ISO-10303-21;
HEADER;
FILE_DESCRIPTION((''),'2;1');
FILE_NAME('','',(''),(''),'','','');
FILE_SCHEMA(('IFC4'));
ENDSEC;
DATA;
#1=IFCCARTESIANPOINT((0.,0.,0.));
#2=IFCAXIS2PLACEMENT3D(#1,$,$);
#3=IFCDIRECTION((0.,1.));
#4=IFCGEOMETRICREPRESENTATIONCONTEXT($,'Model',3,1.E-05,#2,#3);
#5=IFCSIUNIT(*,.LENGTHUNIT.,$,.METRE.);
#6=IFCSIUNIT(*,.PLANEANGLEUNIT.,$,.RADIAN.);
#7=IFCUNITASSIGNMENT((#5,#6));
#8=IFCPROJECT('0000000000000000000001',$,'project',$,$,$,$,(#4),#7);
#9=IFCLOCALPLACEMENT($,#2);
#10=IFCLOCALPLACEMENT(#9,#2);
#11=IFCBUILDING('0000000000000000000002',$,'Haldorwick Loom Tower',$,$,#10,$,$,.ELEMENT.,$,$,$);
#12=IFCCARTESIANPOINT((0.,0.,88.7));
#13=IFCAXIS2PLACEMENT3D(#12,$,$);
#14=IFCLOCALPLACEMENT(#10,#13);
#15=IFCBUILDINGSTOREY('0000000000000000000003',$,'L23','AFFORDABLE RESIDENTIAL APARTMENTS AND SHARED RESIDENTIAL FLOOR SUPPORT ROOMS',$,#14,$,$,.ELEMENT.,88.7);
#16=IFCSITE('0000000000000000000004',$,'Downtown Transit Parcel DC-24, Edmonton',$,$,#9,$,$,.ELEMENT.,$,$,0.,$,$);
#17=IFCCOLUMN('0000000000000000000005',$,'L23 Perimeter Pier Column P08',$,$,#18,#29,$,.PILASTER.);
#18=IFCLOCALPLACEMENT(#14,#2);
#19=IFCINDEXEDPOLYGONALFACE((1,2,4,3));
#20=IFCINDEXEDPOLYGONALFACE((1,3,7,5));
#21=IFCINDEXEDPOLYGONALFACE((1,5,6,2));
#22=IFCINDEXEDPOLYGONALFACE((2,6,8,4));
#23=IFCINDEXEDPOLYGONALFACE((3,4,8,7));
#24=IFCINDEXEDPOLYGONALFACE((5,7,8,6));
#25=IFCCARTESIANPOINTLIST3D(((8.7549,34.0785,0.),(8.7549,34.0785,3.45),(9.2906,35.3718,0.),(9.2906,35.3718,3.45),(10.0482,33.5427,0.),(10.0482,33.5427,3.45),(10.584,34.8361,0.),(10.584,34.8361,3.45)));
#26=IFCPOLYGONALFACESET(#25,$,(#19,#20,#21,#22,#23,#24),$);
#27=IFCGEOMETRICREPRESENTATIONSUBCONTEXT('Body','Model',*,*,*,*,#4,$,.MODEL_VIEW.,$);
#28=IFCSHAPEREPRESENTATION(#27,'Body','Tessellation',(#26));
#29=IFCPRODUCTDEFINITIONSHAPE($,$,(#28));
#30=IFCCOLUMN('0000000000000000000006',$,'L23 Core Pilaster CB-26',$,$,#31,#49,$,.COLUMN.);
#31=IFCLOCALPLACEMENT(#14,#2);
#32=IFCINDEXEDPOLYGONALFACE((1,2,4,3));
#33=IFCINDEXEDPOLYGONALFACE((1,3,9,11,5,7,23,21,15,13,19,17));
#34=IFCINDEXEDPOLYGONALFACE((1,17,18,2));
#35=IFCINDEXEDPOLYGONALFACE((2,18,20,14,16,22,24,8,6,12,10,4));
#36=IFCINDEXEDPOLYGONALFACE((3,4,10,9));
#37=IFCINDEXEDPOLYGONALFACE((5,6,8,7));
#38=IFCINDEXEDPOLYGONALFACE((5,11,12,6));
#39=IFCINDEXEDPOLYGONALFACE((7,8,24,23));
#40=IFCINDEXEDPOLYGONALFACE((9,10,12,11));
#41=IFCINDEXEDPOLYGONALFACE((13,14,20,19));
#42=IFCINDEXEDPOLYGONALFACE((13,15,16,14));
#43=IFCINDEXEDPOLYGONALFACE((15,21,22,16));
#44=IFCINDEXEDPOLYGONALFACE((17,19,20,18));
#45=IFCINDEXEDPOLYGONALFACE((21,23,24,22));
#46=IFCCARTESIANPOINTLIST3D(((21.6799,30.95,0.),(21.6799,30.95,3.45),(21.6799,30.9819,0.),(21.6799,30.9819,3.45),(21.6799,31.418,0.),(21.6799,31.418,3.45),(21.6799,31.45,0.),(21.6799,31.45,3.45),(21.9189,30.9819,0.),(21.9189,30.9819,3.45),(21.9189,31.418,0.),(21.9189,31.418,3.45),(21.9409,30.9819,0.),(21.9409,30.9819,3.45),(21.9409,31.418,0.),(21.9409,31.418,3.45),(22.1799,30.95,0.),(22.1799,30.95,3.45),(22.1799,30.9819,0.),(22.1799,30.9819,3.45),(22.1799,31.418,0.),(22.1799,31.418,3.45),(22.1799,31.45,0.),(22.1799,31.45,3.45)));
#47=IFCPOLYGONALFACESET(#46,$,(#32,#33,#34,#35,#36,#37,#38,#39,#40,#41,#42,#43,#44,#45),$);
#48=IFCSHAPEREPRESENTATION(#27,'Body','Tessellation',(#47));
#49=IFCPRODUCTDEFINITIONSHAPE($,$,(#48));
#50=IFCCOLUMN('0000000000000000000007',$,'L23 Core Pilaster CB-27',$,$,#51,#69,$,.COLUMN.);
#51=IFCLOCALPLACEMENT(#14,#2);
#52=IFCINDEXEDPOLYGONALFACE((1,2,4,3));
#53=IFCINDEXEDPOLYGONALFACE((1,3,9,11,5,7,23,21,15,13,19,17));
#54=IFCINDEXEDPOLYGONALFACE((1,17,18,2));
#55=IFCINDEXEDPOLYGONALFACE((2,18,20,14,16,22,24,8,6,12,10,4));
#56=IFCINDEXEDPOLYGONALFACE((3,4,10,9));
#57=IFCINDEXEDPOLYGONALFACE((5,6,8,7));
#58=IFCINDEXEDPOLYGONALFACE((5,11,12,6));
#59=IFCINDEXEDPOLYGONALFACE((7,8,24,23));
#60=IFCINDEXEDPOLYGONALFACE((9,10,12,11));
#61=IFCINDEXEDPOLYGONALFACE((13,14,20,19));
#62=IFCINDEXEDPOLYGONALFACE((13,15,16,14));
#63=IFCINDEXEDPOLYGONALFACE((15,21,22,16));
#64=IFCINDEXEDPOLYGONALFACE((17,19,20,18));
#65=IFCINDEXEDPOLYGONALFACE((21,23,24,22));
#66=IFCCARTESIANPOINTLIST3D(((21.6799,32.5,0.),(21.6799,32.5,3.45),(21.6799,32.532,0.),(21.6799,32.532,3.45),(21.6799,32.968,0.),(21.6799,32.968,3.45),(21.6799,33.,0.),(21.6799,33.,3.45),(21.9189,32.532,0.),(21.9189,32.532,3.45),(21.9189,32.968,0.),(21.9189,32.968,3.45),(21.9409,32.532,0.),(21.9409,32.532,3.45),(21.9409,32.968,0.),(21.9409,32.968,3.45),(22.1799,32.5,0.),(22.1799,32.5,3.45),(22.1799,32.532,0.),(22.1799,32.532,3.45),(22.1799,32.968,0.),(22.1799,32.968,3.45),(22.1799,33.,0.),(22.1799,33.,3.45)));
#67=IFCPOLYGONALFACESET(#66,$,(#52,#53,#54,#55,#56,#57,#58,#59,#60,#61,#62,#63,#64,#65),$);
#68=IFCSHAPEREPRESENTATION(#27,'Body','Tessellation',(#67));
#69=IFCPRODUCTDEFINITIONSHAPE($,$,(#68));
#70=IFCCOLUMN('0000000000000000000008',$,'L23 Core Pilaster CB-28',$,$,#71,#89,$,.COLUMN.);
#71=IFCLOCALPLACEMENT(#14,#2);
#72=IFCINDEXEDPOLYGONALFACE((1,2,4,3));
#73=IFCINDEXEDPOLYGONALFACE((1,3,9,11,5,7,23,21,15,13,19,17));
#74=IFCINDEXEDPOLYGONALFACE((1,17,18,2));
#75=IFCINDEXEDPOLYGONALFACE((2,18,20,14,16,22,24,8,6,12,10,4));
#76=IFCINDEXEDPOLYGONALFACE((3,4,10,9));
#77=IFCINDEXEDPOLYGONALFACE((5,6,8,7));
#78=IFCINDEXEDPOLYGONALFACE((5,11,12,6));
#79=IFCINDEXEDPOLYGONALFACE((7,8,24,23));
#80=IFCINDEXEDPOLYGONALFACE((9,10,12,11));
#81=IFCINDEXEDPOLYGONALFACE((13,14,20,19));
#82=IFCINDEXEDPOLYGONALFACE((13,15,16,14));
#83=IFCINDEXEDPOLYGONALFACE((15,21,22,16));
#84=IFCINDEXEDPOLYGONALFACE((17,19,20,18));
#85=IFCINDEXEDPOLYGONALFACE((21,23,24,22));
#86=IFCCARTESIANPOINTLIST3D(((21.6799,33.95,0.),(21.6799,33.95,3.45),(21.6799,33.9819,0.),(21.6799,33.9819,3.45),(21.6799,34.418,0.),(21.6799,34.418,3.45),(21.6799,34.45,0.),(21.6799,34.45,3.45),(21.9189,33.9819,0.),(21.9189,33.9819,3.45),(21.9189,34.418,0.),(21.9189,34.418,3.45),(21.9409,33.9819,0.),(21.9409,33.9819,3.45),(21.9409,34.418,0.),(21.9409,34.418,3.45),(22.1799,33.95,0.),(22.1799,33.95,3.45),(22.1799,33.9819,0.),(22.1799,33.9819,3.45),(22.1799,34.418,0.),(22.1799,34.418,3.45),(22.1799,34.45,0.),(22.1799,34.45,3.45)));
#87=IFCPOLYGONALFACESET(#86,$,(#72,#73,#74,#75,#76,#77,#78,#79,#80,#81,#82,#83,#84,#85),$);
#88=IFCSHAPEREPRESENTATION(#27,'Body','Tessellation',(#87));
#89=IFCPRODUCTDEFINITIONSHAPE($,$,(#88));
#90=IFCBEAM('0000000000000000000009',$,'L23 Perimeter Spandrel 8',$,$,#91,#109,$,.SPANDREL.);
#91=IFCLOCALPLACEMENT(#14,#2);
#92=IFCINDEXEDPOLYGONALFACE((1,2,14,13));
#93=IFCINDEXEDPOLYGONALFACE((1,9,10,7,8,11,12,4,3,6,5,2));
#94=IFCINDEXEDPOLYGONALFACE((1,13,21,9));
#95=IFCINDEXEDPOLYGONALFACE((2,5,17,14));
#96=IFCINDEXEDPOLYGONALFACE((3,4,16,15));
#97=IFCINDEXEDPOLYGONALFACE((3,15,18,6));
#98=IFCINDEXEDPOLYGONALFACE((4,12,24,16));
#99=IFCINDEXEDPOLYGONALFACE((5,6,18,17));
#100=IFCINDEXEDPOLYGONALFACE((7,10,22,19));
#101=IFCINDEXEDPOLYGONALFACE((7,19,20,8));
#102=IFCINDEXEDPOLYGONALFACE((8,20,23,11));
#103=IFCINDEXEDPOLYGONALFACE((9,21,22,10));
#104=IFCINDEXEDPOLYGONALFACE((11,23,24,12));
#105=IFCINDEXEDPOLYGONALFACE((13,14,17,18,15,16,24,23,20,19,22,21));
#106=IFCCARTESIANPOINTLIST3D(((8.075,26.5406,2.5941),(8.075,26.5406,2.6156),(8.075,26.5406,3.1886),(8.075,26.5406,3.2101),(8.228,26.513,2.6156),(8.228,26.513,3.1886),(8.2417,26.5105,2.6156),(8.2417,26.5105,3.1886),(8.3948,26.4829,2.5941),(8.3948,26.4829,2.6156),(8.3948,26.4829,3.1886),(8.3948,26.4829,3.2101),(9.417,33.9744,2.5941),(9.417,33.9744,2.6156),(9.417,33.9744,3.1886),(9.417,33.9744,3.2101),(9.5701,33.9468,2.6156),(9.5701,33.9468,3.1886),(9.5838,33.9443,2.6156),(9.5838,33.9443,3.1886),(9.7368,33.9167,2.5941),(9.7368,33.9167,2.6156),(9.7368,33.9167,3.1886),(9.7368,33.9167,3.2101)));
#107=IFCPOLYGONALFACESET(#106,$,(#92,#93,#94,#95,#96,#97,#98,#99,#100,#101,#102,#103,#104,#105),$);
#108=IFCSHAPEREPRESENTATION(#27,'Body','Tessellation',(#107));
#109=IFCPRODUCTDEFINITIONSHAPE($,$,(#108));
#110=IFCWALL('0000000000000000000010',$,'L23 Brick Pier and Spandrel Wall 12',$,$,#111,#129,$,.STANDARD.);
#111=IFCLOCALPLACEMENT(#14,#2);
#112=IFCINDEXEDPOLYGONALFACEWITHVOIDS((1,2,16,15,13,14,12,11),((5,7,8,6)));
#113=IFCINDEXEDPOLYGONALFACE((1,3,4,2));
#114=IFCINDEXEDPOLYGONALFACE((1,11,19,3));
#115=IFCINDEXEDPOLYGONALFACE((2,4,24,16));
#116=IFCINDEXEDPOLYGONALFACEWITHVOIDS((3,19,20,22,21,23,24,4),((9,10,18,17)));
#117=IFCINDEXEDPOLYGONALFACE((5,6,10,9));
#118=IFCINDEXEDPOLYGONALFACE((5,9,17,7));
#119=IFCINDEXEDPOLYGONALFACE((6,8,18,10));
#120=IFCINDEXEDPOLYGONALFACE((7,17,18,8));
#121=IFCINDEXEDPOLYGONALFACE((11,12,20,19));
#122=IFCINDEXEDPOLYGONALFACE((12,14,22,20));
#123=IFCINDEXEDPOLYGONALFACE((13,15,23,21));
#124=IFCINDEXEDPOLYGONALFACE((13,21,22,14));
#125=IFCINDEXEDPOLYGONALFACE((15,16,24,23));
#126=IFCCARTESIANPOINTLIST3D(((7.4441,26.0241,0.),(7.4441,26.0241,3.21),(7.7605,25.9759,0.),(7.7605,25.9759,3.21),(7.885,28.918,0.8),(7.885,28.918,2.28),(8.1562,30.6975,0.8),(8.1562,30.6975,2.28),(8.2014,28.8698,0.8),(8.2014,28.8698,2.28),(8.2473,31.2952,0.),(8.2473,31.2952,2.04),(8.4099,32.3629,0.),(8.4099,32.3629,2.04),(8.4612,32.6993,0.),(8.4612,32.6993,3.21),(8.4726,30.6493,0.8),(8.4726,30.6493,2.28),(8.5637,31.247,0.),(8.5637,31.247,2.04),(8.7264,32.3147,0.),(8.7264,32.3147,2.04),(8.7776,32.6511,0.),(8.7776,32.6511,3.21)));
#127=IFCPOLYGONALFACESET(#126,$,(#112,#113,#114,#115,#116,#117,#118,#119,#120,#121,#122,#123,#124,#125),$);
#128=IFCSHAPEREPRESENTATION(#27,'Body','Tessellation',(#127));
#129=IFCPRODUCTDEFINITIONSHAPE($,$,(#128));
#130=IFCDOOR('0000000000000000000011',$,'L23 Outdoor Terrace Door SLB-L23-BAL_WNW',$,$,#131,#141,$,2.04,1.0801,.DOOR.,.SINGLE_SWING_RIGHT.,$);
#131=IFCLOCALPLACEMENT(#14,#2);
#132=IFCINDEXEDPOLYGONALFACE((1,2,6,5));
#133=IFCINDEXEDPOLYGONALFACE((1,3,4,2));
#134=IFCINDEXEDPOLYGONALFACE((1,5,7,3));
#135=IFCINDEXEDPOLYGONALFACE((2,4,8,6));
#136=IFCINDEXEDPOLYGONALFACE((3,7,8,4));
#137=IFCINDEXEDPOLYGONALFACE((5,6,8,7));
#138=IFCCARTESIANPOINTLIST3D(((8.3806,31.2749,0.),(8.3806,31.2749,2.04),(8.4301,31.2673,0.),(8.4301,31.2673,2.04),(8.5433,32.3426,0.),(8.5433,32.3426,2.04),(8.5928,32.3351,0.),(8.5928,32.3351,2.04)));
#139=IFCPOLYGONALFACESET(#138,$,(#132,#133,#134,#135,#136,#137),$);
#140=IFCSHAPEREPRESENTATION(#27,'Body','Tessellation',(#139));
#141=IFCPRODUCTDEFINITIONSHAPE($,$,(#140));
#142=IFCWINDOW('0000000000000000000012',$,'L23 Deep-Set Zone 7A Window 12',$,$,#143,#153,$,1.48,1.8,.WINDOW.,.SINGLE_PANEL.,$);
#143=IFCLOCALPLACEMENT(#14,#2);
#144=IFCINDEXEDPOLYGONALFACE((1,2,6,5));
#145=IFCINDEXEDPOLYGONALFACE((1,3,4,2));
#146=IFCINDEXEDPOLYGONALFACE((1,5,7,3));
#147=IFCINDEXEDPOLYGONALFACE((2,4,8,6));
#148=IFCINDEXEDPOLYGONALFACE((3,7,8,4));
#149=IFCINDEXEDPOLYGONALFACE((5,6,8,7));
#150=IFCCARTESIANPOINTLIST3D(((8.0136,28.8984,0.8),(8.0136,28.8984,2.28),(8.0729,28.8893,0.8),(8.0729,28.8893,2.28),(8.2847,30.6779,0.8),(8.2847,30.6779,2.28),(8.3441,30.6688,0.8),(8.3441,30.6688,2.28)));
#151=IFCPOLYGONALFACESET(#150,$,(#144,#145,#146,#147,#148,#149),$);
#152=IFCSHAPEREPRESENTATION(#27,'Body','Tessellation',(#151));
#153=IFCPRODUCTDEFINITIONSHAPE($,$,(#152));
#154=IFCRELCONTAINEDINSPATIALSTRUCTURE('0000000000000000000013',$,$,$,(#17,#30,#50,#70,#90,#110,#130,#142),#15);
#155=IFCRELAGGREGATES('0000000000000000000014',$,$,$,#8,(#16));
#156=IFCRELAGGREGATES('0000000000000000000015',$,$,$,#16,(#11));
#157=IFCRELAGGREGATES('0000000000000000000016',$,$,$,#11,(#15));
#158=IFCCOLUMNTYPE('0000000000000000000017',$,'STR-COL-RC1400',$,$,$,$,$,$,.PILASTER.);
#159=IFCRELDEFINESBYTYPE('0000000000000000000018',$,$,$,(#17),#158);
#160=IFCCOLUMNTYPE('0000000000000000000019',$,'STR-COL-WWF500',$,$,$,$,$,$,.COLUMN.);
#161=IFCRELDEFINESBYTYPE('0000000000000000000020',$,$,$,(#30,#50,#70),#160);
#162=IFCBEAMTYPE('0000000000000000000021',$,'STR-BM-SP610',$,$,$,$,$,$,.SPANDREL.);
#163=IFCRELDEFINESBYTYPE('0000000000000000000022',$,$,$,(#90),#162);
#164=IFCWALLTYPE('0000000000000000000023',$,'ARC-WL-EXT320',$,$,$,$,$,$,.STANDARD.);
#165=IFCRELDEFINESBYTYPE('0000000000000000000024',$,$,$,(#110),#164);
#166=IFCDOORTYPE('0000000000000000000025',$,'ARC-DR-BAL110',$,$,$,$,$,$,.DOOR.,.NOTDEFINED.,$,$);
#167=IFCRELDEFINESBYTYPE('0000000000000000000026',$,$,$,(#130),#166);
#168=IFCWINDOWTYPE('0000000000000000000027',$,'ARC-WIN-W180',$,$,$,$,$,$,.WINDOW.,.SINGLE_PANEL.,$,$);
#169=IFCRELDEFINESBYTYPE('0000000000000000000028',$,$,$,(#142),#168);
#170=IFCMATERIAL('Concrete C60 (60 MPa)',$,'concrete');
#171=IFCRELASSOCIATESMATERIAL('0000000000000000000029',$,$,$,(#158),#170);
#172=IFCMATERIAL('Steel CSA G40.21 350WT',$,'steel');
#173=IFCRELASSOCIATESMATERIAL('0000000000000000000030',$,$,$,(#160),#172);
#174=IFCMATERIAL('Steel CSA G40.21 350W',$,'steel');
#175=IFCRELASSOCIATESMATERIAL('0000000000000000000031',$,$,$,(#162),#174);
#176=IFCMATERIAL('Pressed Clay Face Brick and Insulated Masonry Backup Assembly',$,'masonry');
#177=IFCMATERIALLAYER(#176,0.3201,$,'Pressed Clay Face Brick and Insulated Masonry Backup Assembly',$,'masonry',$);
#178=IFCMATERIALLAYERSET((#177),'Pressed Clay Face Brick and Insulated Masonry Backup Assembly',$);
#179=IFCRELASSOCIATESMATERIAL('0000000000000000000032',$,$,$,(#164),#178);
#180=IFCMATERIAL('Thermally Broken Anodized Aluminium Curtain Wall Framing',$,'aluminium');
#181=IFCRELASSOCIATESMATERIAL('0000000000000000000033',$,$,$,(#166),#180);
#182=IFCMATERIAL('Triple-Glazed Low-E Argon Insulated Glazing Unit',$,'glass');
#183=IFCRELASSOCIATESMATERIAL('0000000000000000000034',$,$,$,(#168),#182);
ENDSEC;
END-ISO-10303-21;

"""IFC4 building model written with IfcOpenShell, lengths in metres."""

from ifc_helpers import new_model, si_unit, direction, frame, frame_2d, origin, origin_2d, place, context, subcontext, project, spatial, rectangle, i_section, extrude, material, layer, layer_set, material_profile, profile_set, type_object, element, fill, save


model = new_model("IFC4")

# Units and contexts
model_context = context("Model", 3, precision=1e-05, world=origin(), true_north=direction((0.0, 1.0)))
body_context = subcontext(model_context, "Body", "Model", "MODEL_VIEW")
ifc_project = project(units=[si_unit("LENGTHUNIT", "METRE"), si_unit("PLANEANGLEUNIT", "RADIAN")], contexts=[model_context])

# Site, building, storey
site_placement = place(None, origin())
site = spatial("IfcSite", under=ifc_project, at=site_placement, Name="Downtown Transit Parcel DC-24, Edmonton", CompositionType="ELEMENT", RefElevation=0.0)
building_placement = place(site_placement, origin())
building = spatial("IfcBuilding", under=site, at=building_placement, Name="Haldorwick Loom Tower", CompositionType="ELEMENT")
storey_placement = place(building_placement, frame((0.0, 0.0, 88.7)))
storey = spatial("IfcBuildingStorey", under=building, at=storey_placement, Name="L23", Description="AFFORDABLE RESIDENTIAL APARTMENTS AND SHARED RESIDENTIAL FLOOR SUPPORT ROOMS", CompositionType="ELEMENT", Elevation=88.7)

# Columns
ifc_material_1 = material(Name="Concrete C60 (60 MPa)", Category="concrete")
ifc_material_profile_1 = material_profile(ifc_material_1, rectangle(XDim=1.3999, YDim=1.3999, at=origin_2d()), Name="RC1400X1400", Category="concrete")
ifc_profile_set_1 = profile_set([ifc_material_profile_1], Name="Concrete C60 (60 MPa)")
column_type_1 = type_object("IfcColumnType", Name="STR-COL-RC1400", PredefinedType="PILASTER", material=ifc_profile_set_1)
column_placement = place(storey_placement, frame((9.6694, 34.4573, 0.0), z_axis=(0.0, 0.0, 1.0), x_axis=(-0.92388, 0.382683, 0.0)))
element("IfcColumn", 1, at=column_placement, inside=storey, type_object=column_type_1, Name="L23 Perimeter Pier Column P08", PredefinedType="PILASTER", context=body_context, shape_type="SweptSolid", body=[
    extrude(rectangle(XDim=1.3999, YDim=1.3999, at=origin_2d()), origin(), (0.0, 0.0, 1.0), 3.45),
])
ifc_material_2 = material(Name="Steel CSA G40.21 350WT", Category="steel")
ifc_material_profile_2 = material_profile(ifc_material_2, i_section(OverallWidth=0.5, OverallDepth=0.5, WebThickness=0.022, FlangeThickness=0.032, at=origin_2d()), Name="WWF500X500", Category="steel")
ifc_profile_set_2 = profile_set([ifc_material_profile_2], Name="Steel CSA G40.21 350WT")
column_type_2 = type_object("IfcColumnType", Name="STR-COL-WWF500", PredefinedType="COLUMN", material=ifc_profile_set_2)
for number, where, z_axis, x_axis, name in (
    (2, (21.9299, 31.2, 0.0), (0.0, 0.0, 1.0), (1.0, 0.0, 0.0), "L23 Core Pilaster CB-26"),
    (3, (21.9299, 32.75, 0.0), (0.0, 0.0, 1.0), (1.0, 0.0, 0.0), "L23 Core Pilaster CB-27"),
    (4, (21.9299, 34.2, 0.0), (0.0, 0.0, 1.0), (1.0, 0.0, 0.0), "L23 Core Pilaster CB-28"),
):
    element("IfcColumn", number, at=place(storey_placement, frame(where, z_axis=z_axis, x_axis=x_axis)), inside=storey, type_object=column_type_2, Name=name, PredefinedType="COLUMN", context=body_context, shape_type="SweptSolid", body=[
        extrude(i_section(OverallWidth=0.5, OverallDepth=0.5, WebThickness=0.022, FlangeThickness=0.032, at=origin_2d()), origin(), (0.0, 0.0, 1.0), 3.45),
    ])

# Beam
ifc_material_3 = material(Name="Steel CSA G40.21 350W", Category="steel")
ifc_material_profile_3 = material_profile(ifc_material_3, i_section(OverallWidth=0.325, OverallDepth=0.616, WebThickness=0.0139, FlangeThickness=0.0215, at=origin_2d()), Name="W610X174", Category="steel")
ifc_profile_set_3 = profile_set([ifc_material_profile_3], Name="Steel CSA G40.21 350W")
beam_type = type_object("IfcBeamType", Name="STR-BM-SP610", PredefinedType="SPANDREL", material=ifc_profile_set_3)
beam_placement = place(storey_placement, frame((9.5769, 33.9456, 2.9021), z_axis=(-0.177659, -0.984092, 0.0), x_axis=(0.984092, -0.177659, 0.0)))
element("IfcBeam", 5, at=beam_placement, inside=storey, type_object=beam_type, Name="L23 Perimeter Spandrel 8", PredefinedType="SPANDREL", context=body_context, shape_type="SweptSolid", body=[
    extrude(i_section(OverallWidth=0.325, OverallDepth=0.616, WebThickness=0.0139, FlangeThickness=0.0215, at=origin_2d()), origin(), (0.0, 0.0, 1.0), 7.554),
])

# Wall, openings, door, window
ifc_material_4 = material(Name="Pressed Clay Face Brick and Insulated Masonry Backup Assembly", Category="masonry")
ifc_layer_1 = layer(ifc_material_4, 0.3201, Name="Pressed Clay Face Brick and Insulated Masonry Backup Assembly", Category="masonry")
ifc_layer_set_1 = layer_set([ifc_layer_1], Name="Pressed Clay Face Brick and Insulated Masonry Backup Assembly")
wall_type_1 = type_object("IfcWallType", Name="ARC-WL-EXT320", PredefinedType="STANDARD", material=ifc_layer_set_1)
wall_1_placement = place(storey_placement, frame((8.6194, 32.675, 0.0), z_axis=(0.0, 0.0, 1.0), x_axis=(-0.150633, -0.98859, 0.0)))
wall_1 = element("IfcWall", 6, at=wall_1_placement, inside=storey, type_object=wall_type_1, Name="L23 Brick Pier and Spandrel Wall 12", PredefinedType="STANDARD", context=body_context, shape_type="SweptSolid", body=[
    extrude(rectangle(XDim=6.7522, YDim=0.3201, at=frame_2d((3.376, 0.0))), origin(), (0.0, 0.0, 1.0), 3.21),
])
opening_1_placement = place(wall_1_placement, frame((0.3401, 0.0, 0.0)))
opening_1 = element("IfcOpeningElement", 7, at=opening_1_placement, cuts=wall_1, PredefinedType="OPENING", context=body_context, shape_type="SweptSolid", body=[
    extrude(rectangle(XDim=1.0801, YDim=2.04, at=frame_2d((0.54, 1.02))), frame((0.0, 0.1699, 0.0), z_axis=(0.0, -1.0, 0.0), x_axis=(1.0, 0.0, 0.0)), (0.0, 0.0, 1.0), 0.3401),
])
opening_2_placement = place(wall_1_placement, frame((2.0249, 0.0, 0.8)))
opening_2 = element("IfcOpeningElement", 8, at=opening_2_placement, cuts=wall_1, PredefinedType="OPENING", context=body_context, shape_type="SweptSolid", body=[
    extrude(rectangle(XDim=1.8, YDim=1.48, at=frame_2d((0.8999, 0.74))), frame((0.0, 0.1699, 0.0), z_axis=(0.0, -1.0, 0.0), x_axis=(1.0, 0.0, 0.0)), (0.0, 0.0, 1.0), 0.3401),
])
ifc_material_5 = material(Name="Thermally Broken Anodized Aluminium Curtain Wall Framing", Category="aluminium")
door_type_1 = type_object("IfcDoorType", Name="ARC-DR-BAL110", OperationType="NOTDEFINED", PredefinedType="DOOR", material=ifc_material_5)
door_1_placement = place(opening_1_placement, origin())
door_1 = element("IfcDoor", 9, at=door_1_placement, inside=storey, type_object=door_type_1, Name="L23 Outdoor Terrace Door SLB-L23-BAL_WNW", OperationType="SINGLE_SWING_RIGHT", OverallHeight=2.04, OverallWidth=1.0801, PredefinedType="DOOR", context=body_context, shape_type="SweptSolid", body=[
    extrude(rectangle(XDim=1.0801, YDim=2.04, at=frame_2d((0.54, 1.02))), frame((0.0, 0.0249, 0.0), z_axis=(0.0, -1.0, 0.0), x_axis=(1.0, 0.0, 0.0)), (0.0, 0.0, 1.0), 0.05),
])
fill(opening_1, door_1)
ifc_material_6 = material(Name="Triple-Glazed Low-E Argon Insulated Glazing Unit", Category="glass")
window_type = type_object("IfcWindowType", Name="ARC-WIN-W180", PartitioningType="SINGLE_PANEL", PredefinedType="WINDOW", material=ifc_material_6)
window_placement = place(opening_2_placement, origin())
window = element("IfcWindow", 10, at=window_placement, inside=storey, type_object=window_type, Name="L23 Deep-Set Zone 7A Window 12", OverallHeight=1.48, OverallWidth=1.8, PartitioningType="SINGLE_PANEL", PredefinedType="WINDOW", context=body_context, shape_type="SweptSolid", body=[
    extrude(rectangle(XDim=1.8, YDim=1.48, at=frame_2d((0.8999, 0.74))), frame((0.0, 0.03, 0.0), z_axis=(0.0, -1.0, 0.0), x_axis=(1.0, 0.0, 0.0)), (0.0, 0.0, 1.0), 0.0601),
])
fill(opening_2, window)

save(model, "model.ifc")
